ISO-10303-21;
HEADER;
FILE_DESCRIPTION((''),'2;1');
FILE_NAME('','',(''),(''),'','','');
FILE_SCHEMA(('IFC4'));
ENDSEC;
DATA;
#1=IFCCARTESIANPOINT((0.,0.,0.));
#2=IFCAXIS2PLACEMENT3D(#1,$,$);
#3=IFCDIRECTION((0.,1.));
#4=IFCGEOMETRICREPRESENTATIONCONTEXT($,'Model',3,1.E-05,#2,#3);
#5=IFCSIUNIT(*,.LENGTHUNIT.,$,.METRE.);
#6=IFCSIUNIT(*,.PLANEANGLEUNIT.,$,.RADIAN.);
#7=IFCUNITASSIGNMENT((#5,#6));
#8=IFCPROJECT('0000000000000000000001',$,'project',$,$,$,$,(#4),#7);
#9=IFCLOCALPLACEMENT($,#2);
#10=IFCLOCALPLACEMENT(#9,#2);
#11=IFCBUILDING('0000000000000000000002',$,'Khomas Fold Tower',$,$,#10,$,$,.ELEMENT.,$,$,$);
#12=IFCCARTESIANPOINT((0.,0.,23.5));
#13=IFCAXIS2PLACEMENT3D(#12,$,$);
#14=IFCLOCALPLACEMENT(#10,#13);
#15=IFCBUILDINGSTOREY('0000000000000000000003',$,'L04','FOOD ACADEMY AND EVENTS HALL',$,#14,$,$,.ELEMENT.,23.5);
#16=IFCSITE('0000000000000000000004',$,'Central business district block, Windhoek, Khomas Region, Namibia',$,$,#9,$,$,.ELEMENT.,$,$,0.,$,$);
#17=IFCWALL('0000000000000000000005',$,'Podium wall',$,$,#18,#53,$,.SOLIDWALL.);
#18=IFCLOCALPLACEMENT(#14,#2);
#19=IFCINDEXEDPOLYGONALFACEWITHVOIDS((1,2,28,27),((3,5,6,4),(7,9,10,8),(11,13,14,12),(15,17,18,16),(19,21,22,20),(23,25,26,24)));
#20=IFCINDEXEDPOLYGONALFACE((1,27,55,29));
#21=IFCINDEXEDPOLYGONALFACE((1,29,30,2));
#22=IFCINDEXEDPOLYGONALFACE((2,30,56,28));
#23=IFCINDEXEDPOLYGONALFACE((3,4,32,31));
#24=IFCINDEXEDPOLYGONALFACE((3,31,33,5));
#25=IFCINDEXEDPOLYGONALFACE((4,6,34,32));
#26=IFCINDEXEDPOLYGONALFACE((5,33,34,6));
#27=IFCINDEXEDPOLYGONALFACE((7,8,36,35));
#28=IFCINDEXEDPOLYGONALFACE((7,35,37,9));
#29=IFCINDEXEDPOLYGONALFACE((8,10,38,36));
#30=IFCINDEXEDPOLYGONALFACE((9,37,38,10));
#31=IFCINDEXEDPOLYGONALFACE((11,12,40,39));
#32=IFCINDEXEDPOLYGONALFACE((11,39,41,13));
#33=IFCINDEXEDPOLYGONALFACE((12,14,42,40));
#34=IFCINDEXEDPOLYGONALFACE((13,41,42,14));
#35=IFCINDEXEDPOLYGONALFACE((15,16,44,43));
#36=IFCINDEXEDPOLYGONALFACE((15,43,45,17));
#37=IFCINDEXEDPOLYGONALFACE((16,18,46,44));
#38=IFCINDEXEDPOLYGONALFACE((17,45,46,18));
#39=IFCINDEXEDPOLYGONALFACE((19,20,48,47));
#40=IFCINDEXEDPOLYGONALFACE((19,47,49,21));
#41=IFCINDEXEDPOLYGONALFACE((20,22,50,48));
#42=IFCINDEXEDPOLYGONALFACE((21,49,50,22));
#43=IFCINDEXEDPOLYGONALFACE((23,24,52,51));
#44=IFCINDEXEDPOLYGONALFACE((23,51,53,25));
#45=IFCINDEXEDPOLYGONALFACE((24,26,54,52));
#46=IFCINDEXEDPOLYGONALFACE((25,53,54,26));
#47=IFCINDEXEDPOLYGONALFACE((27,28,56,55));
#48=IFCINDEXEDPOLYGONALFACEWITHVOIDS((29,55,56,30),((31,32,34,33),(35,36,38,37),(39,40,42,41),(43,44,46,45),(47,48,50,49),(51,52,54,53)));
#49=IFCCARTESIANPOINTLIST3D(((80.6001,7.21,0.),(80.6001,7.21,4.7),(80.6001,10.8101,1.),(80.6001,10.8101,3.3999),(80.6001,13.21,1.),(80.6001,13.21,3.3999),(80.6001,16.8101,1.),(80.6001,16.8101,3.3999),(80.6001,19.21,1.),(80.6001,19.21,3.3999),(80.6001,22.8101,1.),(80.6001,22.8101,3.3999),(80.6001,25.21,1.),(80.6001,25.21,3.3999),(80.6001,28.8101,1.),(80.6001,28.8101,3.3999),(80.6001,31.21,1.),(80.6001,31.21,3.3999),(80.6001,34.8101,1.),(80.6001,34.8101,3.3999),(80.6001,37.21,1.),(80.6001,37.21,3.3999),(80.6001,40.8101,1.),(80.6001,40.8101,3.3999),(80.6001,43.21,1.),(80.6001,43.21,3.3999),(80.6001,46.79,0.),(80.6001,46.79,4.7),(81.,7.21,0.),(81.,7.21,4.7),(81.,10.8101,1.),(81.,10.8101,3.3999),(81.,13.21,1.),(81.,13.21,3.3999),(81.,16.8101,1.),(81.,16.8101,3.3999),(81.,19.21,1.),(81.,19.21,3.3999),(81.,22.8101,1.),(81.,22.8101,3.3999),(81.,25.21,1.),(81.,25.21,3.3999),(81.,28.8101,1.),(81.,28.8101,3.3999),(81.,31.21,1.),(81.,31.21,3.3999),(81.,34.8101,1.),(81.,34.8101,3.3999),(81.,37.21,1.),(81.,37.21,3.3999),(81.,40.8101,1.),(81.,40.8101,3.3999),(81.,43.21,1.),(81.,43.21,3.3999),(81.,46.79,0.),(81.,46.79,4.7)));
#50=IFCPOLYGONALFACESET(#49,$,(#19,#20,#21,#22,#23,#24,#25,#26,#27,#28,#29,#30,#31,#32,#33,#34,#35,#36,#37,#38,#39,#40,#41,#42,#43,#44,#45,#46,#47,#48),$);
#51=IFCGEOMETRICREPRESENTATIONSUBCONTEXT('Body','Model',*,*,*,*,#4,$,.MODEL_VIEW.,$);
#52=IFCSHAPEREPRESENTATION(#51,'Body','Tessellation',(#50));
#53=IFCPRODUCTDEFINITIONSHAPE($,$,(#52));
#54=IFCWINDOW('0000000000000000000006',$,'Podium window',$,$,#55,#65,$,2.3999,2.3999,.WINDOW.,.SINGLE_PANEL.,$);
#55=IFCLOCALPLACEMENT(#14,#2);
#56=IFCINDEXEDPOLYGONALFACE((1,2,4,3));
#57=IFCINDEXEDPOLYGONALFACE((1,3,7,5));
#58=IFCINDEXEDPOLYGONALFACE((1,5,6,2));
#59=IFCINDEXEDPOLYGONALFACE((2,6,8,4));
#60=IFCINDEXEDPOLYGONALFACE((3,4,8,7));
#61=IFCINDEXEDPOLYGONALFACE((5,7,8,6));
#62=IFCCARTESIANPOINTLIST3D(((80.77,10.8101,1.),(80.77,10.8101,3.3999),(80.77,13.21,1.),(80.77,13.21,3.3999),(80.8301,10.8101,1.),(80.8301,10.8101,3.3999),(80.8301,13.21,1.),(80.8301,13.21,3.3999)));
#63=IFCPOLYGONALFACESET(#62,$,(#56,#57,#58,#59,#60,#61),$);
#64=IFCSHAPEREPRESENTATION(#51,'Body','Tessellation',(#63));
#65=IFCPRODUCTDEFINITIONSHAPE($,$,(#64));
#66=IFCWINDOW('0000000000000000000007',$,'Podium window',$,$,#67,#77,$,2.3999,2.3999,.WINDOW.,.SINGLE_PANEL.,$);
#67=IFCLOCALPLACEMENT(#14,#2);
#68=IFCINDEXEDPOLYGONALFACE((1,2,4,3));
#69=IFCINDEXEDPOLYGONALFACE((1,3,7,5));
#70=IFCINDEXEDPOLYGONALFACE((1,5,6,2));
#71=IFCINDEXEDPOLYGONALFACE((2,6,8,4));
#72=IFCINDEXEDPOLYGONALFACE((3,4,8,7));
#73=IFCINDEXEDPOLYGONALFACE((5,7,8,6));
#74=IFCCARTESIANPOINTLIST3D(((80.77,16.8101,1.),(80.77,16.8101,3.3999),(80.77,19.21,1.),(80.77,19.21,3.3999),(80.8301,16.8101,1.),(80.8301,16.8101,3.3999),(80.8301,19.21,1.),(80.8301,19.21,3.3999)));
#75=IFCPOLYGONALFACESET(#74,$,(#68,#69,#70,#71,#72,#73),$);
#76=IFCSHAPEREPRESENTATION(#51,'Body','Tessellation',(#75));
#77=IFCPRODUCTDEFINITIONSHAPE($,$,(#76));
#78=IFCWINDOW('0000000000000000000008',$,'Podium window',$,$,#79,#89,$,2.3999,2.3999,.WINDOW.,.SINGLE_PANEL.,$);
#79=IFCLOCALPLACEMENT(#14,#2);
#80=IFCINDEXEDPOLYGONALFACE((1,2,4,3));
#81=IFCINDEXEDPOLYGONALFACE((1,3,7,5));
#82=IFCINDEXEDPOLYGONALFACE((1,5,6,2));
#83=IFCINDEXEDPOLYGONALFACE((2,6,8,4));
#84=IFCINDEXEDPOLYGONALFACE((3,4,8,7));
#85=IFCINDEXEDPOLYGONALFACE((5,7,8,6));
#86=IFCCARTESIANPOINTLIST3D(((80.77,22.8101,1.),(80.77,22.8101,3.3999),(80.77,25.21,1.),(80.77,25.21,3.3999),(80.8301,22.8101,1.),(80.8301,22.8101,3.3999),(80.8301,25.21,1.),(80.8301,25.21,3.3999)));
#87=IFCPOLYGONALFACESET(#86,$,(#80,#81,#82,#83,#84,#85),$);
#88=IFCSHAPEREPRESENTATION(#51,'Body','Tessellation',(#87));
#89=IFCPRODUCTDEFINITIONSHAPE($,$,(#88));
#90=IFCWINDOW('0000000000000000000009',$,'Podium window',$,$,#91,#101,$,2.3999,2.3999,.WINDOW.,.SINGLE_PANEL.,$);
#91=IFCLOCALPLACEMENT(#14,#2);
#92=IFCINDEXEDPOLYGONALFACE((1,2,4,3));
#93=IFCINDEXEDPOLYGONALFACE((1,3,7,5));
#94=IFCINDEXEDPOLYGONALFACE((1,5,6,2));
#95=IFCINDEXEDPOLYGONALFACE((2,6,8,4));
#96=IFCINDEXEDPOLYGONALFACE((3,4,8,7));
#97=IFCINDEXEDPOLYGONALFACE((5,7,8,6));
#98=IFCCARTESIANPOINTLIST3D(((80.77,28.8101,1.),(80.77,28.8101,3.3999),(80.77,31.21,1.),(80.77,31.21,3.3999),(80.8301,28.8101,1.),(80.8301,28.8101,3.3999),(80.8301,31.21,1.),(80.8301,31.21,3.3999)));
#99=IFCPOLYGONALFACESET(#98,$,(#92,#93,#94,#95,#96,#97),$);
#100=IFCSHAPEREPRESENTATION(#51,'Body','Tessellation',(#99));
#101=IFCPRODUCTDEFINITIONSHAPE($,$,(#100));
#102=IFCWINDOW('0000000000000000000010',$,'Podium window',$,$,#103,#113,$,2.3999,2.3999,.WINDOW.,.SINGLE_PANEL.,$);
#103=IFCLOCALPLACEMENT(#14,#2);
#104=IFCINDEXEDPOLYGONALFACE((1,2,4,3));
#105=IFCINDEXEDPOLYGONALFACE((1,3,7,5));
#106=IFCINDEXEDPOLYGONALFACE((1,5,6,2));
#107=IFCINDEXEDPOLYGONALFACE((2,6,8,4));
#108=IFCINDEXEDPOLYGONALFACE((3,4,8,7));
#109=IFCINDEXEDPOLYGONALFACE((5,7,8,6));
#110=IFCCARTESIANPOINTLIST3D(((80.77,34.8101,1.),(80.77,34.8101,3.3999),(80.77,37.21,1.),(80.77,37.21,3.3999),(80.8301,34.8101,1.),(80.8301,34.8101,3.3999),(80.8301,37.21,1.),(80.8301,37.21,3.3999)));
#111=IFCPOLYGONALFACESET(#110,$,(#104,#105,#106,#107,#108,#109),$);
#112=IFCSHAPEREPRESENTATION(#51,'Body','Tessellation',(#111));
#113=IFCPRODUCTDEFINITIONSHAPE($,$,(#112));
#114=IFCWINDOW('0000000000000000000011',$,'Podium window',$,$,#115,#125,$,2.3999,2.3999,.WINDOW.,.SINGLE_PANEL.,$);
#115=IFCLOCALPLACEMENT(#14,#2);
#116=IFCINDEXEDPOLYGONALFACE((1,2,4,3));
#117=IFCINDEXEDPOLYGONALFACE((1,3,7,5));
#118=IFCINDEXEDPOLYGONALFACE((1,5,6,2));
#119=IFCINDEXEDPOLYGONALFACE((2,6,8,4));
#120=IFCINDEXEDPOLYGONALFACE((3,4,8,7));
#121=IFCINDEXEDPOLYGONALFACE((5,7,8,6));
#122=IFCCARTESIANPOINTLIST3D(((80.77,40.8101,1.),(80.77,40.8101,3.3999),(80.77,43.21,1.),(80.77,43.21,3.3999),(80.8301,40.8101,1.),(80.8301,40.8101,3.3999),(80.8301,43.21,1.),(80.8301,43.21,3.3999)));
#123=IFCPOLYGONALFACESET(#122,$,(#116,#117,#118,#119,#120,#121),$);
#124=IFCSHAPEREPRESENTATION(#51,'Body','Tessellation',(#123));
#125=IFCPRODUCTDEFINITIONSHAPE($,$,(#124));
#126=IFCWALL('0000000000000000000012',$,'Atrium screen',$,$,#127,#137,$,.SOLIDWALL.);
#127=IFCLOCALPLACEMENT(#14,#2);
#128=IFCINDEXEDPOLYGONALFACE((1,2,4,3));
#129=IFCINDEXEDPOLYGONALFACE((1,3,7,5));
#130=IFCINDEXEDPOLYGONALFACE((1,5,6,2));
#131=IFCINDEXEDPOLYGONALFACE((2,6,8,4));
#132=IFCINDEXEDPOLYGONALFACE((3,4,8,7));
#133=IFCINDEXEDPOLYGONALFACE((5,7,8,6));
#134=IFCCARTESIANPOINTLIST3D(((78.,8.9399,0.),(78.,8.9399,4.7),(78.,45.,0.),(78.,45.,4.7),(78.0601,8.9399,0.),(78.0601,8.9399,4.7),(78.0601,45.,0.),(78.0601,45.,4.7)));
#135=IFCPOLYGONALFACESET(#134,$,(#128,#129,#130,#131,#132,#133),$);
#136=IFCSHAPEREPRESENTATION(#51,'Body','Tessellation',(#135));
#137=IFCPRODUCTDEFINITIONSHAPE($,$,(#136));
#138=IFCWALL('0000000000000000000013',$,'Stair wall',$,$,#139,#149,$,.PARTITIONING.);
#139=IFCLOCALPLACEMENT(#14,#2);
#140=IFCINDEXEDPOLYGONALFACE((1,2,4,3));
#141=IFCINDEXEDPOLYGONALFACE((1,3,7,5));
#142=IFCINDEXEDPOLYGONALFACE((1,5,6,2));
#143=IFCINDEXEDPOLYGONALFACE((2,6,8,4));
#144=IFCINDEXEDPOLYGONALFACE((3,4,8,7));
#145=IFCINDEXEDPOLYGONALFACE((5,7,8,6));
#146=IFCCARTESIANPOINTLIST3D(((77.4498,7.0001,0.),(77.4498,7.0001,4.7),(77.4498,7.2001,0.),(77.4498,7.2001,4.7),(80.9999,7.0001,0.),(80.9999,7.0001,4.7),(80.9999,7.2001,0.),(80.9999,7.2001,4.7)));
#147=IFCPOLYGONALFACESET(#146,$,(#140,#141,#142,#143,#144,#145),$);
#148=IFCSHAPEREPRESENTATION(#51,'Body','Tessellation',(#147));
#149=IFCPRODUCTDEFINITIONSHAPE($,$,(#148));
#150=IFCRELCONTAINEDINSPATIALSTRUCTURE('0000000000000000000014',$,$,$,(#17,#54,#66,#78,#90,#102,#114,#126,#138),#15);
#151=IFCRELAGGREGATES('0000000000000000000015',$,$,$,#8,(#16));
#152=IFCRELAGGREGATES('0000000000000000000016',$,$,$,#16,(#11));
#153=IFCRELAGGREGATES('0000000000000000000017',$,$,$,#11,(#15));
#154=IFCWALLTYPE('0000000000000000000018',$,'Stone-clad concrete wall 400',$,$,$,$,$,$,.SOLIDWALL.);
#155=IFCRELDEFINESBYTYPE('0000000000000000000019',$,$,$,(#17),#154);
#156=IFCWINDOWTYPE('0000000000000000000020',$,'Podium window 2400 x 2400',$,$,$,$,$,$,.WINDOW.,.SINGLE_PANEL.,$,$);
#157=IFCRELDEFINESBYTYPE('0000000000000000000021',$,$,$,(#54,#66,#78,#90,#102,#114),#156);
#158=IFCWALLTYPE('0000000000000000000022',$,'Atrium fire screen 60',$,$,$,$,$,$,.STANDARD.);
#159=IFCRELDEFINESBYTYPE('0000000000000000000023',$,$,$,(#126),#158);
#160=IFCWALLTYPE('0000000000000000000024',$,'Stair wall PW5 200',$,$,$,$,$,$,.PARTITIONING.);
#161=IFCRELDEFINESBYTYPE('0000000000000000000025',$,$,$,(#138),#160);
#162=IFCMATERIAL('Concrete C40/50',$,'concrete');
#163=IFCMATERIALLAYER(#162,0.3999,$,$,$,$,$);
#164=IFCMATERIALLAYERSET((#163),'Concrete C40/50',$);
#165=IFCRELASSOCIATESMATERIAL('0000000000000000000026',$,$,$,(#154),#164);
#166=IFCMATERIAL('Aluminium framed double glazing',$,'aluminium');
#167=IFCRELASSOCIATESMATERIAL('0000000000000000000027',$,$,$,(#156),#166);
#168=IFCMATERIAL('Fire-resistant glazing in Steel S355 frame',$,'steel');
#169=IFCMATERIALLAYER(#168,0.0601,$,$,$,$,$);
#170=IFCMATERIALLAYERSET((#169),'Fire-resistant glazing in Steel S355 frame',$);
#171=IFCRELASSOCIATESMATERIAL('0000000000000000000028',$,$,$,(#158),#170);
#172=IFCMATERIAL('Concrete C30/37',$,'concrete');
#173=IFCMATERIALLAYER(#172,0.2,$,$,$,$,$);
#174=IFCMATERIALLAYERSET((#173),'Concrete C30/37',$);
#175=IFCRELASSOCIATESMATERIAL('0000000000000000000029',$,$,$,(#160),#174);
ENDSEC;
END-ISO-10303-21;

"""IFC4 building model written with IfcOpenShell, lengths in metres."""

from ifc_helpers import new_model, si_unit, direction, frame, frame_2d, origin, place, context, subcontext, project, spatial, rectangle, extrude, source, transform, mapped, material, layer, layer_set, type_object, element, fill, save


model = new_model("IFC4")

# Units and contexts
model_context = context("Model", 3, precision=1e-05, world=origin(), true_north=direction((0.0, 1.0)))
body_context = subcontext(model_context, "Body", "Model", "MODEL_VIEW")
ifc_project = project(units=[si_unit("LENGTHUNIT", "METRE"), si_unit("PLANEANGLEUNIT", "RADIAN")], contexts=[model_context])

# Site, building, storey
site_placement = place(None, origin())
site = spatial("IfcSite", under=ifc_project, at=site_placement, Name="Central business district block, Windhoek, Khomas Region, Namibia", CompositionType="ELEMENT", RefElevation=0.0)
building_placement = place(site_placement, origin())
building = spatial("IfcBuilding", under=site, at=building_placement, Name="Khomas Fold Tower", CompositionType="ELEMENT")
storey_placement = place(building_placement, frame((0.0, 0.0, 23.5)))
storey = spatial("IfcBuildingStorey", under=building, at=storey_placement, Name="L04", Description="FOOD ACADEMY AND EVENTS HALL", CompositionType="ELEMENT", Elevation=23.5)

# Wall, openings, windows
ifc_material_1 = material(Name="Concrete C40/50", Category="concrete")
ifc_layer_1 = layer(ifc_material_1, 0.3999)
ifc_layer_set_1 = layer_set([ifc_layer_1], Name="Concrete C40/50")
wall_type_1 = type_object("IfcWallType", Name="Stone-clad concrete wall 400", PredefinedType="SOLIDWALL", material=ifc_layer_set_1)
shared_shape_1 = source(origin(), body_context, "Body", "SweptSolid", [
    extrude(rectangle(XDim=39.5801, YDim=0.3999, at=frame_2d((19.79, 0.0))), origin(), (0.0, 0.0, 1.0), 4.7),
])
wall_1_placement = place(storey_placement, frame((80.8, 7.21, 0.0), z_axis=(0.0, 0.0, 1.0), x_axis=(0.0, 1.0, 0.0)))
wall_1 = element("IfcWall", 1, at=wall_1_placement, inside=storey, type_object=wall_type_1, Name="Podium wall", PredefinedType="SOLIDWALL", context=body_context, shape_type="MappedRepresentation", body=[
    mapped(shared_shape_1, transform((0.0, 0.0, 0.0))),
])
shared_shape_2 = source(origin(), body_context, "Body", "SweptSolid", [
    extrude(rectangle(XDim=2.3999, YDim=2.3999, at=frame_2d((1.2, 1.2))), frame((0.0, 0.21, 0.0), z_axis=(0.0, -1.0, 0.0), x_axis=(1.0, 0.0, 0.0)), (0.0, 0.0, 1.0), 0.4199),
])
opening_1_placement = place(wall_1_placement, frame((3.6001, 0.0, 1.0)))
opening_1 = element("IfcOpeningElement", 2, at=opening_1_placement, cuts=wall_1, PredefinedType="OPENING", context=body_context, shape_type="MappedRepresentation", body=[
    mapped(shared_shape_2, transform((0.0, 0.0, 0.0))),
])
opening_2_placement = place(wall_1_placement, frame((9.6001, 0.0, 1.0)))
opening_2 = element("IfcOpeningElement", 3, at=opening_2_placement, cuts=wall_1, PredefinedType="OPENING", context=body_context, shape_type="MappedRepresentation", body=[
    mapped(shared_shape_2, transform((0.0, 0.0, 0.0))),
])
opening_3_placement = place(wall_1_placement, frame((15.6001, 0.0, 1.0)))
opening_3 = element("IfcOpeningElement", 4, at=opening_3_placement, cuts=wall_1, PredefinedType="OPENING", context=body_context, shape_type="MappedRepresentation", body=[
    mapped(shared_shape_2, transform((0.0, 0.0, 0.0))),
])
opening_4_placement = place(wall_1_placement, frame((21.6001, 0.0, 1.0)))
opening_4 = element("IfcOpeningElement", 5, at=opening_4_placement, cuts=wall_1, PredefinedType="OPENING", context=body_context, shape_type="MappedRepresentation", body=[
    mapped(shared_shape_2, transform((0.0, 0.0, 0.0))),
])
opening_5_placement = place(wall_1_placement, frame((27.6001, 0.0, 1.0)))
opening_5 = element("IfcOpeningElement", 6, at=opening_5_placement, cuts=wall_1, PredefinedType="OPENING", context=body_context, shape_type="MappedRepresentation", body=[
    mapped(shared_shape_2, transform((0.0, 0.0, 0.0))),
])
opening_6_placement = place(wall_1_placement, frame((33.6001, 0.0, 1.0)))
opening_6 = element("IfcOpeningElement", 7, at=opening_6_placement, cuts=wall_1, PredefinedType="OPENING", context=body_context, shape_type="MappedRepresentation", body=[
    mapped(shared_shape_2, transform((0.0, 0.0, 0.0))),
])
ifc_material_2 = material(Name="Aluminium framed double glazing", Category="aluminium")
window_type = type_object("IfcWindowType", Name="Podium window 2400 x 2400", PartitioningType="SINGLE_PANEL", PredefinedType="WINDOW", material=ifc_material_2)
shared_shape_3 = source(origin(), body_context, "Body", "SweptSolid", [
    extrude(rectangle(XDim=2.3999, YDim=2.3999, at=frame_2d((1.2, 1.2))), frame((0.0, 0.03, 0.0), z_axis=(0.0, -1.0, 0.0), x_axis=(1.0, 0.0, 0.0)), (0.0, 0.0, 1.0), 0.0601),
])
window_1_placement = place(opening_1_placement, origin())
window_1 = element("IfcWindow", 8, at=window_1_placement, inside=storey, type_object=window_type, Name="Podium window", OverallHeight=2.3999, OverallWidth=2.3999, PartitioningType="SINGLE_PANEL", PredefinedType="WINDOW", context=body_context, shape_type="MappedRepresentation", body=[
    mapped(shared_shape_3, transform((0.0, 0.0, 0.0))),
])
fill(opening_1, window_1)
window_2_placement = place(opening_2_placement, origin())
window_2 = element("IfcWindow", 9, at=window_2_placement, inside=storey, type_object=window_type, Name="Podium window", OverallHeight=2.3999, OverallWidth=2.3999, PartitioningType="SINGLE_PANEL", PredefinedType="WINDOW", context=body_context, shape_type="MappedRepresentation", body=[
    mapped(shared_shape_3, transform((0.0, 0.0, 0.0))),
])
fill(opening_2, window_2)
window_3_placement = place(opening_3_placement, origin())
window_3 = element("IfcWindow", 10, at=window_3_placement, inside=storey, type_object=window_type, Name="Podium window", OverallHeight=2.3999, OverallWidth=2.3999, PartitioningType="SINGLE_PANEL", PredefinedType="WINDOW", context=body_context, shape_type="MappedRepresentation", body=[
    mapped(shared_shape_3, transform((0.0, 0.0, 0.0))),
])
fill(opening_3, window_3)
window_4_placement = place(opening_4_placement, origin())
window_4 = element("IfcWindow", 11, at=window_4_placement, inside=storey, type_object=window_type, Name="Podium window", OverallHeight=2.3999, OverallWidth=2.3999, PartitioningType="SINGLE_PANEL", PredefinedType="WINDOW", context=body_context, shape_type="MappedRepresentation", body=[
    mapped(shared_shape_3, transform((0.0, 0.0, 0.0))),
])
fill(opening_4, window_4)
window_5_placement = place(opening_5_placement, origin())
window_5 = element("IfcWindow", 12, at=window_5_placement, inside=storey, type_object=window_type, Name="Podium window", OverallHeight=2.3999, OverallWidth=2.3999, PartitioningType="SINGLE_PANEL", PredefinedType="WINDOW", context=body_context, shape_type="MappedRepresentation", body=[
    mapped(shared_shape_3, transform((0.0, 0.0, 0.0))),
])
fill(opening_5, window_5)
window_6_placement = place(opening_6_placement, origin())
window_6 = element("IfcWindow", 13, at=window_6_placement, inside=storey, type_object=window_type, Name="Podium window", OverallHeight=2.3999, OverallWidth=2.3999, PartitioningType="SINGLE_PANEL", PredefinedType="WINDOW", context=body_context, shape_type="MappedRepresentation", body=[
    mapped(shared_shape_3, transform((0.0, 0.0, 0.0))),
])
fill(opening_6, window_6)

# Walls
ifc_material_3 = material(Name="Fire-resistant glazing in Steel S355 frame", Category="steel")
ifc_layer_2 = layer(ifc_material_3, 0.0601)
ifc_layer_set_2 = layer_set([ifc_layer_2], Name="Fire-resistant glazing in Steel S355 frame")
wall_type_2 = type_object("IfcWallType", Name="Atrium fire screen 60", PredefinedType="STANDARD", material=ifc_layer_set_2)
shared_shape_4 = source(origin(), body_context, "Body", "SweptSolid", [
    extrude(rectangle(XDim=36.0601, YDim=0.0601, at=frame_2d((18.03, 0.0))), origin(), (0.0, 0.0, 1.0), 4.7),
])
wall_2_placement = place(storey_placement, frame((78.03, 8.9399, 0.0), z_axis=(0.0, 0.0, 1.0), x_axis=(0.0, 1.0, 0.0)))
element("IfcWall", 14, at=wall_2_placement, inside=storey, type_object=wall_type_2, Name="Atrium screen", PredefinedType="SOLIDWALL", context=body_context, shape_type="MappedRepresentation", body=[
    mapped(shared_shape_4, transform((0.0, 0.0, 0.0))),
])
ifc_material_4 = material(Name="Concrete C30/37", Category="concrete")
ifc_layer_3 = layer(ifc_material_4, 0.2)
ifc_layer_set_3 = layer_set([ifc_layer_3], Name="Concrete C30/37")
wall_type_3 = type_object("IfcWallType", Name="Stair wall PW5 200", PredefinedType="PARTITIONING", material=ifc_layer_set_3)
shared_shape_5 = source(origin(), body_context, "Body", "SweptSolid", [
    extrude(rectangle(XDim=3.55, YDim=0.2, at=frame_2d((1.7749, 0.0))), origin(), (0.0, 0.0, 1.0), 4.7),
])
wall_3_placement = place(storey_placement, frame((77.45, 7.1001, 0.0), z_axis=(0.0, 0.0, 1.0), x_axis=(1.0, 0.0, 0.0)))
element("IfcWall", 15, at=wall_3_placement, inside=storey, type_object=wall_type_3, Name="Stair wall", PredefinedType="PARTITIONING", context=body_context, shape_type="MappedRepresentation", body=[
    mapped(shared_shape_5, transform((0.0, 0.0, 0.0))),
])

save(model, "model.ifc")
